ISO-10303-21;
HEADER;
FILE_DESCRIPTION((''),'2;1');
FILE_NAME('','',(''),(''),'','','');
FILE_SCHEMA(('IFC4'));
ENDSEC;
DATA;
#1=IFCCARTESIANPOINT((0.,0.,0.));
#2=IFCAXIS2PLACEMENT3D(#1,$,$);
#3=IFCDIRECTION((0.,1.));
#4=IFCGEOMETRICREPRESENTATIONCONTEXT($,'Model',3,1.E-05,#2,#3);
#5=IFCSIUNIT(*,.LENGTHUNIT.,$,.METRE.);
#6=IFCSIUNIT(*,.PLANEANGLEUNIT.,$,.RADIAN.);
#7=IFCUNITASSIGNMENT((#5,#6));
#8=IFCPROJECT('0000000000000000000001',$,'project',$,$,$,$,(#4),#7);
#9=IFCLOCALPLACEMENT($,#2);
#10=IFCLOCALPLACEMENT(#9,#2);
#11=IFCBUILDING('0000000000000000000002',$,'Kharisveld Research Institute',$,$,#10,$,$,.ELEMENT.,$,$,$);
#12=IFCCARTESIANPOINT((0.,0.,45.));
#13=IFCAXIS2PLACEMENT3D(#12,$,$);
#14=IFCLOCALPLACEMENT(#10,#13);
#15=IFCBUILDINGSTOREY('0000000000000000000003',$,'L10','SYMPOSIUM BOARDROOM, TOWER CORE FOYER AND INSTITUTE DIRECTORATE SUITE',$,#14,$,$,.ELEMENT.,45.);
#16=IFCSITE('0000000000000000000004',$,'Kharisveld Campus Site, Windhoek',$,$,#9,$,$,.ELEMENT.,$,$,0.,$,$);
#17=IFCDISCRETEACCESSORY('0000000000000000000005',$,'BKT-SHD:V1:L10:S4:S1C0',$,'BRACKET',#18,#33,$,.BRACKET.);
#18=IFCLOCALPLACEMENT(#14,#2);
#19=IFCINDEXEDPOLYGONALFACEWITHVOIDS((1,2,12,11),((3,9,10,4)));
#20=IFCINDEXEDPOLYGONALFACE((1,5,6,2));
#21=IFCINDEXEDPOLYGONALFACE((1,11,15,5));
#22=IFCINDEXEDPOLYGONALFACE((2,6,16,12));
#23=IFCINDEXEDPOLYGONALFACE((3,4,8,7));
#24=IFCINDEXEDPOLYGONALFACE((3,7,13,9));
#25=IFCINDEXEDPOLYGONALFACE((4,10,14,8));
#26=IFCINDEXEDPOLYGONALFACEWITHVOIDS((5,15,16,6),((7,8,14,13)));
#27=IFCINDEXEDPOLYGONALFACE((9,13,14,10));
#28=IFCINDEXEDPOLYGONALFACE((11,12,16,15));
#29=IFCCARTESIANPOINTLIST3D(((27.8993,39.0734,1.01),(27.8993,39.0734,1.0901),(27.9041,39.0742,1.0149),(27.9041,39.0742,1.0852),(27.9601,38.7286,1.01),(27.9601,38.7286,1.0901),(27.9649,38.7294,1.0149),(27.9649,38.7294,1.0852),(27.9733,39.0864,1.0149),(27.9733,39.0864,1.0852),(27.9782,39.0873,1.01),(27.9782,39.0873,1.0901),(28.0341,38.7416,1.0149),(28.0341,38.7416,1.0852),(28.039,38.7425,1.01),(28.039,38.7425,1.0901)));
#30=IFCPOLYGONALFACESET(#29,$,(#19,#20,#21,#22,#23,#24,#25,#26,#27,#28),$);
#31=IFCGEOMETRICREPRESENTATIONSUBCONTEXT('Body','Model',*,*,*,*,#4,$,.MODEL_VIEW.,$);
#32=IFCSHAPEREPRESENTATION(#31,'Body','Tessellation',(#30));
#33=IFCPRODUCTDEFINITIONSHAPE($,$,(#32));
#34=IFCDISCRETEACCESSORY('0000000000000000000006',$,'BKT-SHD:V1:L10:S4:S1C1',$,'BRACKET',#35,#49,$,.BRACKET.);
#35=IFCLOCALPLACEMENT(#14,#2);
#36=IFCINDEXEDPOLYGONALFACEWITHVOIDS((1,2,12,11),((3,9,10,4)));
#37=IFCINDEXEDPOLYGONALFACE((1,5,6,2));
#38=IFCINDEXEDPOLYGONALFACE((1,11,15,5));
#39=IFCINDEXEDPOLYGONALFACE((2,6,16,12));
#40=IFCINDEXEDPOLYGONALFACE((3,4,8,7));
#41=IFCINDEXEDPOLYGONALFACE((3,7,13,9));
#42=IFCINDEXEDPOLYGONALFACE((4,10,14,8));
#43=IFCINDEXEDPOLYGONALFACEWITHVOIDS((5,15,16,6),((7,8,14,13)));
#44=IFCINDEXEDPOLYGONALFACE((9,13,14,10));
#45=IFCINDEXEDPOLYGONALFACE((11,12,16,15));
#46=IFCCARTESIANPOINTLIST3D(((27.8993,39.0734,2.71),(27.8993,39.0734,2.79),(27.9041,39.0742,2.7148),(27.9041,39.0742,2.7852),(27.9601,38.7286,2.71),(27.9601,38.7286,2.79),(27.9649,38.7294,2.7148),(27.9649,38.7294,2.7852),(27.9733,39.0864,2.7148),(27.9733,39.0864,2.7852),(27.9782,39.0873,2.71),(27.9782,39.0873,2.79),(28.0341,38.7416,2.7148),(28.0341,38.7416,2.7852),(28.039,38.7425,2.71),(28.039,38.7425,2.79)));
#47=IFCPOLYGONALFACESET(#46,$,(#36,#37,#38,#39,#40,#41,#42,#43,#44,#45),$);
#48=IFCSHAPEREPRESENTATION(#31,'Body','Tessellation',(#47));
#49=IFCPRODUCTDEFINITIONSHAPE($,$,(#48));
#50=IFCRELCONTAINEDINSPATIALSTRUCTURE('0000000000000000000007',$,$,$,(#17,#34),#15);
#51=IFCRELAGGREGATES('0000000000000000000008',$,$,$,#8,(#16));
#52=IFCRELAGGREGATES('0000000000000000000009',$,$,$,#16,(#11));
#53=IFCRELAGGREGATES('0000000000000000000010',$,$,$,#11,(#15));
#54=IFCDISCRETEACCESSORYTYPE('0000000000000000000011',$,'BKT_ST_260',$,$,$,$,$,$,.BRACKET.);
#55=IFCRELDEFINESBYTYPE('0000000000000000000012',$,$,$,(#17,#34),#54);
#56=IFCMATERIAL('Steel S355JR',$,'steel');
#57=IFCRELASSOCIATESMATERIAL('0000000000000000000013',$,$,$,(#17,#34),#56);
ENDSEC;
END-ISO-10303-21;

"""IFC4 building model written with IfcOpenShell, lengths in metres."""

from ifc_helpers import new_model, si_unit, direction, frame, origin, origin_2d, place, context, subcontext, project, spatial, hollow_rectangle, extrude, material, type_object, element, save


model = new_model("IFC4")

# Units and contexts
model_context = context("Model", 3, precision=1e-05, world=origin(), true_north=direction((0.0, 1.0)))
body_context = subcontext(model_context, "Body", "Model", "MODEL_VIEW")
ifc_project = project(units=[si_unit("LENGTHUNIT", "METRE"), si_unit("PLANEANGLEUNIT", "RADIAN")], contexts=[model_context])

# Site, building, storey
site_placement = place(None, origin())
site = spatial("IfcSite", under=ifc_project, at=site_placement, Name="Kharisveld Campus Site, Windhoek", CompositionType="ELEMENT", RefElevation=0.0)
building_placement = place(site_placement, origin())
building = spatial("IfcBuilding", under=site, at=building_placement, Name="Kharisveld Research Institute", CompositionType="ELEMENT")
storey_placement = place(building_placement, frame((0.0, 0.0, 45.0)))
storey = spatial("IfcBuildingStorey", under=building, at=storey_placement, Name="L10", Description="SYMPOSIUM BOARDROOM, TOWER CORE FOYER AND INSTITUTE DIRECTORATE SUITE", CompositionType="ELEMENT", Elevation=45.0)

# Discrete accessories
ifc_material_1 = material(Name="Steel S355JR", Category="steel")
discrete_accessory_type = type_object("IfcDiscreteAccessoryType", Name="BKT_ST_260", PredefinedType="BRACKET")
for number, where, z_axis, x_axis, name in (
    (1, (27.9387, 39.0803, 1.05), (0.173666, -0.984805, 0.0), (0.984805, 0.173666, 0.0), "BKT-SHD:V1:L10:S4:S1C0"),
    (2, (27.9387, 39.0803, 2.75), (0.173666, -0.984805, 0.0), (0.984805, 0.173666, 0.0), "BKT-SHD:V1:L10:S4:S1C1"),
):
    element("IfcDiscreteAccessory", number, at=place(storey_placement, frame(where, z_axis=z_axis, x_axis=x_axis)), inside=storey, type_object=discrete_accessory_type, material=ifc_material_1, Name=name, ObjectType="BRACKET", PredefinedType="BRACKET", context=body_context, shape_type="SweptSolid", body=[
        extrude(hollow_rectangle(XDim=0.0801, YDim=0.0801, WallThickness=0.0049, at=origin_2d()), origin(), (0.0, 0.0, 1.0), 0.3501),
    ])

save(model, "model.ifc")
